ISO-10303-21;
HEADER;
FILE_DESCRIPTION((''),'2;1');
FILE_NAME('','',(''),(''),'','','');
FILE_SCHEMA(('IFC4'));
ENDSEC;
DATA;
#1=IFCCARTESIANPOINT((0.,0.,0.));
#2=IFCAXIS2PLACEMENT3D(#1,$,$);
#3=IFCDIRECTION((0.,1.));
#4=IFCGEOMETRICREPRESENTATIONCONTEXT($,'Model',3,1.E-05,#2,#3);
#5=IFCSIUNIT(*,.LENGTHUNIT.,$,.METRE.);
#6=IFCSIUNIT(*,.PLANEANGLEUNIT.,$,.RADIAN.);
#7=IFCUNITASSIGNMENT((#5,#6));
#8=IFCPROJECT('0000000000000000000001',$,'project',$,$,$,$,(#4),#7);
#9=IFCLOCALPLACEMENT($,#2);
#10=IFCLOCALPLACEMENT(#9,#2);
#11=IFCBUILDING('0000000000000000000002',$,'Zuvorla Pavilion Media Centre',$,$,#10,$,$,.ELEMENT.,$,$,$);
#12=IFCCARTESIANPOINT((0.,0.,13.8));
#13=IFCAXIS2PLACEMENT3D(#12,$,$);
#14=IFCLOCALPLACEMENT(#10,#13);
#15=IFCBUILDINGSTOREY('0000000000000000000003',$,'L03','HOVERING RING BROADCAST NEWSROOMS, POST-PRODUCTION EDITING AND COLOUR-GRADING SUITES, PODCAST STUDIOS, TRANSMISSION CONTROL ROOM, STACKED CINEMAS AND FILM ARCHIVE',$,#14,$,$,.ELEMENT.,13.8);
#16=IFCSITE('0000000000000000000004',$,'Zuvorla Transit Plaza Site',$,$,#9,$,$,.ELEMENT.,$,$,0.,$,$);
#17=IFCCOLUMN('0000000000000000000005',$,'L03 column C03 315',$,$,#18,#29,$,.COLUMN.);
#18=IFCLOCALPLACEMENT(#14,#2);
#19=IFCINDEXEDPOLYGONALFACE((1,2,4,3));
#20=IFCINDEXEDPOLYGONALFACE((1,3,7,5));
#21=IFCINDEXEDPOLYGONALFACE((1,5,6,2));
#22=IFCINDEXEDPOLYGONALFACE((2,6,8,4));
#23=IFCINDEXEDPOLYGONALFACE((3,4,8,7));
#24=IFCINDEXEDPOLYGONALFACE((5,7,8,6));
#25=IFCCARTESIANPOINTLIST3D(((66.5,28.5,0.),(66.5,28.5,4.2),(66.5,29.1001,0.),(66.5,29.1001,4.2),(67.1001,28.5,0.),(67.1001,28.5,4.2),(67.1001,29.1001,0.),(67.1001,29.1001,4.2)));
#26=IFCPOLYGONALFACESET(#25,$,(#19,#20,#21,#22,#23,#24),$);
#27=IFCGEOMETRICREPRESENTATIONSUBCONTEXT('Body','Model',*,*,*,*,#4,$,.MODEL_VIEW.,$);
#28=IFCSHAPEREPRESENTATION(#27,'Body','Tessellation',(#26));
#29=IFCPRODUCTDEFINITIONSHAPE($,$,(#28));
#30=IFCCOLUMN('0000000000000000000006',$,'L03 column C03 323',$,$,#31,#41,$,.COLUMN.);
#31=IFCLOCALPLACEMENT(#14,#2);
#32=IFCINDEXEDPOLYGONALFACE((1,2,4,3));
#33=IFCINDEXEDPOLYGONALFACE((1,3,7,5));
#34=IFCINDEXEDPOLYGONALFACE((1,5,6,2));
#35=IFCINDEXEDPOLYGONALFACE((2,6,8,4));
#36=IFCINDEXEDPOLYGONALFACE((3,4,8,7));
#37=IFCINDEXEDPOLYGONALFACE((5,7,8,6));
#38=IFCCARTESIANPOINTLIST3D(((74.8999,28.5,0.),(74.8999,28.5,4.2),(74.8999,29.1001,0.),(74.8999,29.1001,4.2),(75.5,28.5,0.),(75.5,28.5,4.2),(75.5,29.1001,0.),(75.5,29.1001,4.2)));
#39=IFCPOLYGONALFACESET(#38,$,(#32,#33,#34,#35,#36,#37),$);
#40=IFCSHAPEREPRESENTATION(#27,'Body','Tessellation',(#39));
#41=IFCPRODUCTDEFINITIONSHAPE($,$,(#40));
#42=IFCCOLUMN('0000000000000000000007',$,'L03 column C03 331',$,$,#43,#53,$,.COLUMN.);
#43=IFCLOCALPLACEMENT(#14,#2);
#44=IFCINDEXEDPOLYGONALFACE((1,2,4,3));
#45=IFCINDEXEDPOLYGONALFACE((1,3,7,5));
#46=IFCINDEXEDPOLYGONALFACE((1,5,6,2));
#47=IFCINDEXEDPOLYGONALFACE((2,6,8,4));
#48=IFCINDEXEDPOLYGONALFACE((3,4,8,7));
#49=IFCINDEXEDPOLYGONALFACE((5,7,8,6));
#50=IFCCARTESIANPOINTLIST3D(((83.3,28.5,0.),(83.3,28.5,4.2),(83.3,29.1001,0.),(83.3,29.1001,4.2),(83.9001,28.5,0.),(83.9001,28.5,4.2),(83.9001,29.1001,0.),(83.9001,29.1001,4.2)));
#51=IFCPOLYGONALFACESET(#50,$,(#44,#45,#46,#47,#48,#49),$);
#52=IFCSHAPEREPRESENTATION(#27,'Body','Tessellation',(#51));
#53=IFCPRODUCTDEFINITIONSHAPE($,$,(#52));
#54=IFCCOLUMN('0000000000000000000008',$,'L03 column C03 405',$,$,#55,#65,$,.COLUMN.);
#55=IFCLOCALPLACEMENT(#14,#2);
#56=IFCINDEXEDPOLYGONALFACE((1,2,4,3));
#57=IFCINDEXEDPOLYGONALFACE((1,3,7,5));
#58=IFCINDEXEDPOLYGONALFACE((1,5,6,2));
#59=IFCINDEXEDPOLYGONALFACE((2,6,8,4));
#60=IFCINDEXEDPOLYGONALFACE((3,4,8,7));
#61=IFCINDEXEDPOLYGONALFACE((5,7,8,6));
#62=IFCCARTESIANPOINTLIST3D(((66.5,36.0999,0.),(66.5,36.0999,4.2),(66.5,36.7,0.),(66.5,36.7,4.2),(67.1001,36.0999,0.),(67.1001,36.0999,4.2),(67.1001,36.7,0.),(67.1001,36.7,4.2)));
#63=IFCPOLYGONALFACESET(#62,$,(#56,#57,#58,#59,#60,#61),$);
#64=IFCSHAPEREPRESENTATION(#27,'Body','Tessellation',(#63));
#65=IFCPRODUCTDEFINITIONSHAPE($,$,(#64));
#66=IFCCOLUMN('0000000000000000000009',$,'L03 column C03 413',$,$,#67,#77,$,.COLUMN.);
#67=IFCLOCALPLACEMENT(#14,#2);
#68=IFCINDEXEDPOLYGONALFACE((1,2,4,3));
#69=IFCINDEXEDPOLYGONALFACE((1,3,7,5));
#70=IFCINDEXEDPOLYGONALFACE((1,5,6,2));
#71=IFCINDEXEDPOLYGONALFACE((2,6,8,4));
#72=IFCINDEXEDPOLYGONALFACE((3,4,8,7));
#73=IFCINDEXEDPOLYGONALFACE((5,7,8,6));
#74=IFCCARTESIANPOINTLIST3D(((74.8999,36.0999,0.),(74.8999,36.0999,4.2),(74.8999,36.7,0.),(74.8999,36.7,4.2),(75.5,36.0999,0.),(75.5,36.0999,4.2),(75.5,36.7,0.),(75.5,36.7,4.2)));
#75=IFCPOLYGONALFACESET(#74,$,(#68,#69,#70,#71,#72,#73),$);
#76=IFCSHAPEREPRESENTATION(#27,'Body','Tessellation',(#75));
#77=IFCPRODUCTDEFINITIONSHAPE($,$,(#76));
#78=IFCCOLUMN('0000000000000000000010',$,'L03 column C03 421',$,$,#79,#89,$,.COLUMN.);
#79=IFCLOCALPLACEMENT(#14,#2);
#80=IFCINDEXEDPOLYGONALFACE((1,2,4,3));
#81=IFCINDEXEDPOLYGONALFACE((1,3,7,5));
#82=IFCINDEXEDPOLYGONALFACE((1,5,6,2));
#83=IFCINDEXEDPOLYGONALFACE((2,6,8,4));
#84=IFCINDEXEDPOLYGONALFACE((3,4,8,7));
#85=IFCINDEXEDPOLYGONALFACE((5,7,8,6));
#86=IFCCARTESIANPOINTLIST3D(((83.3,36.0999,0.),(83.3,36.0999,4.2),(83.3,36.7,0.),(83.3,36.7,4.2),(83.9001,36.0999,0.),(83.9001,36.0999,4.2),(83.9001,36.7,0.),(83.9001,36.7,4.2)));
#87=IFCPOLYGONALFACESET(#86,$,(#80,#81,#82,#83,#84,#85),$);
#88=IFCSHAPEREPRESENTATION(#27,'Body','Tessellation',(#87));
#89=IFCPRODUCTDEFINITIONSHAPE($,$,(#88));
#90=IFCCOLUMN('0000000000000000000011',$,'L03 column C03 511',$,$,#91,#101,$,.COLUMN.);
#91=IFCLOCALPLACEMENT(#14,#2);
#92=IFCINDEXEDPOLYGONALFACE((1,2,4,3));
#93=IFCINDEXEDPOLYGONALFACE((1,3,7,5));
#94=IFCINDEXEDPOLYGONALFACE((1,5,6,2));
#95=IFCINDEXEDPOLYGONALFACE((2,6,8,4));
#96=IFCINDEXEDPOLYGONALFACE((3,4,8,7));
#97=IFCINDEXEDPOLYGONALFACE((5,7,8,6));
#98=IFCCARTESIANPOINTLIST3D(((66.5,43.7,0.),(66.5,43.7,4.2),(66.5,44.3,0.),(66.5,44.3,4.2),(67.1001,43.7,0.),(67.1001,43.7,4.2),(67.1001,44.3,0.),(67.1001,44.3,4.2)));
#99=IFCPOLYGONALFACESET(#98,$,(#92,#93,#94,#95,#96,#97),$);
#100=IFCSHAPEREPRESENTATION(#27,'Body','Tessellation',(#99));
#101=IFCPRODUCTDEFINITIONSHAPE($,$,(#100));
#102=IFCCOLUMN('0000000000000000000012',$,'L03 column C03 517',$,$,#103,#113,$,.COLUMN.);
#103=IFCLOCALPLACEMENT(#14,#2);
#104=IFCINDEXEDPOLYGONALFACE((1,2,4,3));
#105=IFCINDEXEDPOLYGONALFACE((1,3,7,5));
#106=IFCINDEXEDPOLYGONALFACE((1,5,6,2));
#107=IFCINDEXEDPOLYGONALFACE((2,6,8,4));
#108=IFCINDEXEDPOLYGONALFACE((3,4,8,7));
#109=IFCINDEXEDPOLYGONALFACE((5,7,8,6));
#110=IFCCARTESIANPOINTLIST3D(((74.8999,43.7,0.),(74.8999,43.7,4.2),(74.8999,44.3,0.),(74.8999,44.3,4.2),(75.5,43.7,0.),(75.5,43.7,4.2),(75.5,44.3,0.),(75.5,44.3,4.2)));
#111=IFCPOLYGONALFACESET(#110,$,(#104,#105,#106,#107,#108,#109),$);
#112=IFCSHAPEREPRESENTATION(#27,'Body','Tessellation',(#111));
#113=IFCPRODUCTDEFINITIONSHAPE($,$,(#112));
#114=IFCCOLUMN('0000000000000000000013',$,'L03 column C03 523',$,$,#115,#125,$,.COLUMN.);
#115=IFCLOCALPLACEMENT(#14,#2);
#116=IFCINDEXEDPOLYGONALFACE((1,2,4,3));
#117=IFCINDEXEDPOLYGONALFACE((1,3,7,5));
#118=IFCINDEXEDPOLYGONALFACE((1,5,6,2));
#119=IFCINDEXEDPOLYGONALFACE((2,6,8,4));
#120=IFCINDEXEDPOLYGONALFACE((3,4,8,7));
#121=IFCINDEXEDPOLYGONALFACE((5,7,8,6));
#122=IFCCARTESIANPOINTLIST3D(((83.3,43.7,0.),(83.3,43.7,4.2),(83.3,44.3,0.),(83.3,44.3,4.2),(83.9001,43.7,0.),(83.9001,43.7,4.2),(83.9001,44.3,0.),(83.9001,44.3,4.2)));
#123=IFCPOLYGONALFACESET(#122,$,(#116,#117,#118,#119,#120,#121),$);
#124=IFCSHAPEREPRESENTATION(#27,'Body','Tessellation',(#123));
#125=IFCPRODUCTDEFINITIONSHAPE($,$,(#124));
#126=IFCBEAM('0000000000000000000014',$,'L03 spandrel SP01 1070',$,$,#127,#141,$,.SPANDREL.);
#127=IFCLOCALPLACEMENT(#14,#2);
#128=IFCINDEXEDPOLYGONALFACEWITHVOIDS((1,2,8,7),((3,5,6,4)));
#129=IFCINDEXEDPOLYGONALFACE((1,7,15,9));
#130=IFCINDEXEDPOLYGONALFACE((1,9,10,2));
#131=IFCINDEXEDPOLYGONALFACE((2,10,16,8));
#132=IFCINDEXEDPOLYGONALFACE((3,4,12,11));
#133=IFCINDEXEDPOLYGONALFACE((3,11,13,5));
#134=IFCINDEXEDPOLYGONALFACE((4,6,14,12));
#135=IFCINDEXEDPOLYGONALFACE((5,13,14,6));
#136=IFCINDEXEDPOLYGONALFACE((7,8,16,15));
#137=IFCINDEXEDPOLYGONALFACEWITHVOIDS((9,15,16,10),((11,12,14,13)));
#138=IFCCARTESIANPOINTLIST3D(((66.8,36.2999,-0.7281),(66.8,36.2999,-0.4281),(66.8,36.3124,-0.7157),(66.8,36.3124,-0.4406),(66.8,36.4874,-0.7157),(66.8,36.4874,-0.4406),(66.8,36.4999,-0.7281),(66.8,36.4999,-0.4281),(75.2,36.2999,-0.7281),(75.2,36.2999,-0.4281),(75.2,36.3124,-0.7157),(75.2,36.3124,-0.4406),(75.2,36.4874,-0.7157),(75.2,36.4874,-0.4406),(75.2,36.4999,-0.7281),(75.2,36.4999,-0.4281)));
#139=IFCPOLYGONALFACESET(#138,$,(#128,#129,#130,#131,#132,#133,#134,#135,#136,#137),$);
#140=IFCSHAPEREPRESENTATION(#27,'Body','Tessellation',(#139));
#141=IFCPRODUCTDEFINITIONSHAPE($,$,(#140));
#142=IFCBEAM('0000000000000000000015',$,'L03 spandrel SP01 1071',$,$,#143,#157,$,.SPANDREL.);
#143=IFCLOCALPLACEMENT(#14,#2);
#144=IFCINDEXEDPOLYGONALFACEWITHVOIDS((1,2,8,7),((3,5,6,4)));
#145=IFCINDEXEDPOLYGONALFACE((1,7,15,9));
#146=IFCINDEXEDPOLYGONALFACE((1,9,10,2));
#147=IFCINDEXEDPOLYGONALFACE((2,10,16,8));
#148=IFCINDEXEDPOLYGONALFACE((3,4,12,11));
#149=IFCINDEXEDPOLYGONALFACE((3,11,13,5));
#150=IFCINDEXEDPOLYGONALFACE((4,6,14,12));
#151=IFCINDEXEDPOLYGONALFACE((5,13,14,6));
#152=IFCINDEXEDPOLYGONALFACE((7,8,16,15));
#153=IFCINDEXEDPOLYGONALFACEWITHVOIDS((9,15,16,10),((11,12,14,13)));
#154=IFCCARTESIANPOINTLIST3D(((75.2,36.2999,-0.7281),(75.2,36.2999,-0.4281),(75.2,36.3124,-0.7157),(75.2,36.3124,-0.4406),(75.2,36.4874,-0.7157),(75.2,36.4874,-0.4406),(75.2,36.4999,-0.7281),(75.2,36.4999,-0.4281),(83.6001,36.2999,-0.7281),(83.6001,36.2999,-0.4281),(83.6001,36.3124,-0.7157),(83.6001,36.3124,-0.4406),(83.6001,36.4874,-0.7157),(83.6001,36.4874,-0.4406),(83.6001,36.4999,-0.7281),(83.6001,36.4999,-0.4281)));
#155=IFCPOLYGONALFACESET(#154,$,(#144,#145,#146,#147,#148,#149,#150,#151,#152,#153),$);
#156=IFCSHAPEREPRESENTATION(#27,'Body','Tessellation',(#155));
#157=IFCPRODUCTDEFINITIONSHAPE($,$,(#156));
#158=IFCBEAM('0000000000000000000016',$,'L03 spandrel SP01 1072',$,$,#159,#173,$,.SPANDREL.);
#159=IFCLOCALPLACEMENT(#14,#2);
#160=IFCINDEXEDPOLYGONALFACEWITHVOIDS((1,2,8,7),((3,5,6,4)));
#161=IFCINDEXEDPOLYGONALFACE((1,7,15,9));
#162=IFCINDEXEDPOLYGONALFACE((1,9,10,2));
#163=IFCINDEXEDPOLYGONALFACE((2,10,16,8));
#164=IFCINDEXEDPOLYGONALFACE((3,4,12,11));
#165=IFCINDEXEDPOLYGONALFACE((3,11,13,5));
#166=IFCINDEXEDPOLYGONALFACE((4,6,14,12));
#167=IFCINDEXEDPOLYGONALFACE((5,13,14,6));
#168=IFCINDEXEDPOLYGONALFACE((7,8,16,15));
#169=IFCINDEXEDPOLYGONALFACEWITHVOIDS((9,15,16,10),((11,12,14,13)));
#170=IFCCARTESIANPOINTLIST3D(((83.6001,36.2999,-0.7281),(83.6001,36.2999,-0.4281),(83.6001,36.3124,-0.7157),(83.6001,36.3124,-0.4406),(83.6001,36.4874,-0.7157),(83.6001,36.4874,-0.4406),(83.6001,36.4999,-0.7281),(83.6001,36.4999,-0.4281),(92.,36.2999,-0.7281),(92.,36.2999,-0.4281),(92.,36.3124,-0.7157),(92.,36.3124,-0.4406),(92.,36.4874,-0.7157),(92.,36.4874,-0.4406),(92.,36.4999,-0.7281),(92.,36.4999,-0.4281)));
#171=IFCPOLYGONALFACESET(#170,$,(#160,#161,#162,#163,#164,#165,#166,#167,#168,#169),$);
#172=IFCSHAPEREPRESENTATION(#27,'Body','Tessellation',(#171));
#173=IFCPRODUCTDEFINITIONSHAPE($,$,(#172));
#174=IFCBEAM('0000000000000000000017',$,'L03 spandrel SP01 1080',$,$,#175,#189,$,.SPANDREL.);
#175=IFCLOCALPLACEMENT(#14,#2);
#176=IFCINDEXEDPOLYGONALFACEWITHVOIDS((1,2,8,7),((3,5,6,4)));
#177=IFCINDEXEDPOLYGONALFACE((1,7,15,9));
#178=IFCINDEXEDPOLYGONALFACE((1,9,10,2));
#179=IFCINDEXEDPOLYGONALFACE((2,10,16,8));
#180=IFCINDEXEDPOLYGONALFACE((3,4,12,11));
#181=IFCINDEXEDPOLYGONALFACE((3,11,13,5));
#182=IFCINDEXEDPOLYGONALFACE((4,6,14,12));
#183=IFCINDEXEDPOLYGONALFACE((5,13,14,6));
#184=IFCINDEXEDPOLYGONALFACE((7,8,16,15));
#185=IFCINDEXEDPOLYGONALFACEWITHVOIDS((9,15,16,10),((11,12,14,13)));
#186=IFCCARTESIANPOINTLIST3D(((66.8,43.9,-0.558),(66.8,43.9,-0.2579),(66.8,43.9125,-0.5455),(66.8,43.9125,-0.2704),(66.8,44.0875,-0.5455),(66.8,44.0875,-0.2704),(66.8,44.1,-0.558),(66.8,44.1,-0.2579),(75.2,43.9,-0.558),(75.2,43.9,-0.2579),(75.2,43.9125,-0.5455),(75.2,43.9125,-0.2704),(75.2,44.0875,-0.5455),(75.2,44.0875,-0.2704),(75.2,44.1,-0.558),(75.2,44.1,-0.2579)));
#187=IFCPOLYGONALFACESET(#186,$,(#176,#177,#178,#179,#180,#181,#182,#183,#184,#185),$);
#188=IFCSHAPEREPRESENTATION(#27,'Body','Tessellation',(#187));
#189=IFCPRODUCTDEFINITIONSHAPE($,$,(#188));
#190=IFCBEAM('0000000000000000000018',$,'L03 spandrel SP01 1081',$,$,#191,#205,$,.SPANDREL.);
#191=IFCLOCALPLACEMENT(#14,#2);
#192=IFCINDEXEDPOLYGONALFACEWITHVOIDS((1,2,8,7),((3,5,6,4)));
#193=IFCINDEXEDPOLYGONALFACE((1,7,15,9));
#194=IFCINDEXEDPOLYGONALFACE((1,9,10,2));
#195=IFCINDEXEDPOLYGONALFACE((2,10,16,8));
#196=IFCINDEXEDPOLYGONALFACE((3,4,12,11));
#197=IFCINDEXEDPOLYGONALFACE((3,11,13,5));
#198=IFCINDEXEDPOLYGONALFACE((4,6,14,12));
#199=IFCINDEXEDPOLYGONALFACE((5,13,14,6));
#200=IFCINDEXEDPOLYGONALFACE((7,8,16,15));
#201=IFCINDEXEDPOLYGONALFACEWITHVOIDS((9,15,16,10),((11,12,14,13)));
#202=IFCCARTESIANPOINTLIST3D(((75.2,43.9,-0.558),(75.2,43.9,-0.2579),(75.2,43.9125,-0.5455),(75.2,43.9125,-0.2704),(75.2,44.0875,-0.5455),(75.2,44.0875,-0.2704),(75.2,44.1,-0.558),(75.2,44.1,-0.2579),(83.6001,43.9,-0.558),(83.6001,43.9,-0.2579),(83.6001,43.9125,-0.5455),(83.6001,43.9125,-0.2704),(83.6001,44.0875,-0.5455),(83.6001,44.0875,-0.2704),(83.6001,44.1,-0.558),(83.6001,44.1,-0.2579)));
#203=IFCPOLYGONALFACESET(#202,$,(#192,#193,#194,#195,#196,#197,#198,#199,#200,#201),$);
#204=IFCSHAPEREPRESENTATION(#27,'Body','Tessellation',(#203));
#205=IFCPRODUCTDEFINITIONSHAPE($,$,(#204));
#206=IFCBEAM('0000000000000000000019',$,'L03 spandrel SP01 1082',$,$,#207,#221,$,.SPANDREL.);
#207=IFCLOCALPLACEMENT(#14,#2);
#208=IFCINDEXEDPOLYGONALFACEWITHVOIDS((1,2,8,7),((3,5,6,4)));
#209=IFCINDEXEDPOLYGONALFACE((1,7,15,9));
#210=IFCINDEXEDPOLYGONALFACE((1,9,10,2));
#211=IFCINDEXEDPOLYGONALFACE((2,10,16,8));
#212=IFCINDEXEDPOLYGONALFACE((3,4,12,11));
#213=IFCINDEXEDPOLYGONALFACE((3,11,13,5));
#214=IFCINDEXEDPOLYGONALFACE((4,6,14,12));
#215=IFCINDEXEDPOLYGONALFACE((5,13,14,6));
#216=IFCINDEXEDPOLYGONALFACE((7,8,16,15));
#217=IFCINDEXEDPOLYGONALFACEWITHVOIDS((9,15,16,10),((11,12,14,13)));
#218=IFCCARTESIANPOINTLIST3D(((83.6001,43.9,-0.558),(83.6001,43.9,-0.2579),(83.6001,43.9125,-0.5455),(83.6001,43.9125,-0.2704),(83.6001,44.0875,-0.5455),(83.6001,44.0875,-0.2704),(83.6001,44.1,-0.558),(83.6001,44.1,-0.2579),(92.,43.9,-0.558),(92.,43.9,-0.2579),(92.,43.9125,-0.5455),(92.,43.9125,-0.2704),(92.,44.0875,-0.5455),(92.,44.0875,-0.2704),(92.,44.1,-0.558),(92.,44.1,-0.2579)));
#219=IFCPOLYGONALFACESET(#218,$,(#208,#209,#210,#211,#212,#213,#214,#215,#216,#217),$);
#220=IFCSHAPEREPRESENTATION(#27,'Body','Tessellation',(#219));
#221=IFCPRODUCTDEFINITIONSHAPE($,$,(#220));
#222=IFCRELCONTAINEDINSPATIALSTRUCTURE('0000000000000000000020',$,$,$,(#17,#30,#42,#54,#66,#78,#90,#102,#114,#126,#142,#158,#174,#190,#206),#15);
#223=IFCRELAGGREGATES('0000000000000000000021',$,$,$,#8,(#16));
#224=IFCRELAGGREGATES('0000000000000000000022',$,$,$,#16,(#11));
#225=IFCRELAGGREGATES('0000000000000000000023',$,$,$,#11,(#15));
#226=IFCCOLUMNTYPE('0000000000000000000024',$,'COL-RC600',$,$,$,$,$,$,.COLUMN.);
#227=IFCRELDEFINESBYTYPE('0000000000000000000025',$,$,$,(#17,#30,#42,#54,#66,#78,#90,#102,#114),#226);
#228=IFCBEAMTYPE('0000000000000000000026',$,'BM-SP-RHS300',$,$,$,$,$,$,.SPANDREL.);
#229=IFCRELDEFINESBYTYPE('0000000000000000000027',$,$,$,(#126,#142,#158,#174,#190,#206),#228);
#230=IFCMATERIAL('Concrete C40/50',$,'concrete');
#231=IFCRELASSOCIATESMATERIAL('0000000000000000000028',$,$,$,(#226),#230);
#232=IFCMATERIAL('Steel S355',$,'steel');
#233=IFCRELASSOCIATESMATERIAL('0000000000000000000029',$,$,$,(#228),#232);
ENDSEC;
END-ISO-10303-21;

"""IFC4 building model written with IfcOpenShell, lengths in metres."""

from ifc_helpers import new_model, si_unit, direction, frame, origin, origin_2d, place, context, subcontext, project, spatial, rectangle, hollow_rectangle, extrude, material, material_profile, profile_set, type_object, element, save


model = new_model("IFC4")

# Units and contexts
model_context = context("Model", 3, precision=1e-05, world=origin(), true_north=direction((0.0, 1.0)))
body_context = subcontext(model_context, "Body", "Model", "MODEL_VIEW")
ifc_project = project(units=[si_unit("LENGTHUNIT", "METRE"), si_unit("PLANEANGLEUNIT", "RADIAN")], contexts=[model_context])

# Site, building, storey
site_placement = place(None, origin())
site = spatial("IfcSite", under=ifc_project, at=site_placement, Name="Zuvorla Transit Plaza Site", CompositionType="ELEMENT", RefElevation=0.0)
building_placement = place(site_placement, origin())
building = spatial("IfcBuilding", under=site, at=building_placement, Name="Zuvorla Pavilion Media Centre", CompositionType="ELEMENT")
storey_placement = place(building_placement, frame((0.0, 0.0, 13.8)))
storey = spatial("IfcBuildingStorey", under=building, at=storey_placement, Name="L03", Description="HOVERING RING BROADCAST NEWSROOMS, POST-PRODUCTION EDITING AND COLOUR-GRADING SUITES, PODCAST STUDIOS, TRANSMISSION CONTROL ROOM, STACKED CINEMAS AND FILM ARCHIVE", CompositionType="ELEMENT", Elevation=13.8)

# Columns
ifc_material_1 = material(Name="Concrete C40/50", Category="concrete")
ifc_material_profile_1 = material_profile(ifc_material_1, rectangle(XDim=0.6001, YDim=0.6001, at=origin_2d()), Name="RC 600x600")
ifc_profile_set_1 = profile_set([ifc_material_profile_1], Name="Concrete C40/50")
column_type = type_object("IfcColumnType", Name="COL-RC600", PredefinedType="COLUMN", material=ifc_profile_set_1)
for number, where, z_axis, x_axis, name in (
    (1, (66.8, 28.8, 0.0), (0.0, 0.0, 1.0), (1.0, 0.0, 0.0), "L03 column C03 315"),
    (2, (75.2, 28.8, 0.0), (0.0, 0.0, 1.0), (1.0, 0.0, 0.0), "L03 column C03 323"),
    (3, (83.6001, 28.8, 0.0), (0.0, 0.0, 1.0), (1.0, 0.0, 0.0), "L03 column C03 331"),
    (4, (66.8, 36.3999, 0.0), (0.0, 0.0, 1.0), (1.0, 0.0, 0.0), "L03 column C03 405"),
    (5, (75.2, 36.3999, 0.0), (0.0, 0.0, 1.0), (1.0, 0.0, 0.0), "L03 column C03 413"),
    (6, (83.6001, 36.3999, 0.0), (0.0, 0.0, 1.0), (1.0, 0.0, 0.0), "L03 column C03 421"),
    (7, (66.8, 44.0, 0.0), (0.0, 0.0, 1.0), (1.0, 0.0, 0.0), "L03 column C03 511"),
    (8, (75.2, 44.0, 0.0), (0.0, 0.0, 1.0), (1.0, 0.0, 0.0), "L03 column C03 517"),
    (9, (83.6001, 44.0, 0.0), (0.0, 0.0, 1.0), (1.0, 0.0, 0.0), "L03 column C03 523"),
):
    element("IfcColumn", number, at=place(storey_placement, frame(where, z_axis=z_axis, x_axis=x_axis)), inside=storey, type_object=column_type, Name=name, PredefinedType="COLUMN", context=body_context, shape_type="SweptSolid", body=[
        extrude(rectangle(XDim=0.6001, YDim=0.6001, at=origin_2d()), origin(), (0.0, 0.0, 1.0), 4.2),
    ])

# Beams
ifc_material_2 = material(Name="Steel S355", Category="steel")
ifc_material_profile_2 = material_profile(ifc_material_2, hollow_rectangle(XDim=0.2, YDim=0.3, WallThickness=0.0125, at=origin_2d()), Name="RHS 300x200x12.5")
ifc_profile_set_2 = profile_set([ifc_material_profile_2], Name="Steel S355")
beam_type_1 = type_object("IfcBeamType", Name="BM-SP-RHS300", PredefinedType="SPANDREL", material=ifc_profile_set_2)
beam_1_placement = place(storey_placement, frame((66.8, 36.3999, -0.5781), z_axis=(1.0, 0.0, 0.0), x_axis=(0.0, 1.0, 0.0)))
element("IfcBeam", 10, at=beam_1_placement, inside=storey, type_object=beam_type_1, Name="L03 spandrel SP01 1070", PredefinedType="SPANDREL", context=body_context, shape_type="SweptSolid", body=[
    extrude(hollow_rectangle(XDim=0.2, YDim=0.3, WallThickness=0.0125, at=origin_2d()), origin(), (0.0, 0.0, 1.0), 8.3999),
])
beam_2_placement = place(storey_placement, frame((75.2, 36.3999, -0.5781), z_axis=(1.0, 0.0, 0.0), x_axis=(0.0, 1.0, 0.0)))
element("IfcBeam", 11, at=beam_2_placement, inside=storey, type_object=beam_type_1, Name="L03 spandrel SP01 1071", PredefinedType="SPANDREL", context=body_context, shape_type="SweptSolid", body=[
    extrude(hollow_rectangle(XDim=0.2, YDim=0.3, WallThickness=0.0125, at=origin_2d()), origin(), (0.0, 0.0, 1.0), 8.4001),
])
for number, where, z_axis, x_axis, name in (
    (12, (83.6001, 36.3999, -0.5781), (1.0, 0.0, 0.0), (0.0, 1.0, 0.0), "L03 spandrel SP01 1072"),
    (13, (66.8, 44.0, -0.408), (1.0, 0.0, 0.0), (0.0, 1.0, 0.0), "L03 spandrel SP01 1080"),
):
    element("IfcBeam", number, at=place(storey_placement, frame(where, z_axis=z_axis, x_axis=x_axis)), inside=storey, type_object=beam_type_1, Name=name, PredefinedType="SPANDREL", context=body_context, shape_type="SweptSolid", body=[
        extrude(hollow_rectangle(XDim=0.2, YDim=0.3, WallThickness=0.0125, at=origin_2d()), origin(), (0.0, 0.0, 1.0), 8.3999),
    ])
beam_3_placement = place(storey_placement, frame((75.2, 44.0, -0.408), z_axis=(1.0, 0.0, 0.0), x_axis=(0.0, 1.0, 0.0)))
element("IfcBeam", 14, at=beam_3_placement, inside=storey, type_object=beam_type_1, Name="L03 spandrel SP01 1081", PredefinedType="SPANDREL", context=body_context, shape_type="SweptSolid", body=[
    extrude(hollow_rectangle(XDim=0.2, YDim=0.3, WallThickness=0.0125, at=origin_2d()), origin(), (0.0, 0.0, 1.0), 8.4001),
])
beam_4_placement = place(storey_placement, frame((83.6001, 44.0, -0.408), z_axis=(1.0, 0.0, 0.0), x_axis=(0.0, 1.0, 0.0)))
element("IfcBeam", 15, at=beam_4_placement, inside=storey, type_object=beam_type_1, Name="L03 spandrel SP01 1082", PredefinedType="SPANDREL", context=body_context, shape_type="SweptSolid", body=[
    extrude(hollow_rectangle(XDim=0.2, YDim=0.3, WallThickness=0.0125, at=origin_2d()), origin(), (0.0, 0.0, 1.0), 8.3999),
])

save(model, "model.ifc")
